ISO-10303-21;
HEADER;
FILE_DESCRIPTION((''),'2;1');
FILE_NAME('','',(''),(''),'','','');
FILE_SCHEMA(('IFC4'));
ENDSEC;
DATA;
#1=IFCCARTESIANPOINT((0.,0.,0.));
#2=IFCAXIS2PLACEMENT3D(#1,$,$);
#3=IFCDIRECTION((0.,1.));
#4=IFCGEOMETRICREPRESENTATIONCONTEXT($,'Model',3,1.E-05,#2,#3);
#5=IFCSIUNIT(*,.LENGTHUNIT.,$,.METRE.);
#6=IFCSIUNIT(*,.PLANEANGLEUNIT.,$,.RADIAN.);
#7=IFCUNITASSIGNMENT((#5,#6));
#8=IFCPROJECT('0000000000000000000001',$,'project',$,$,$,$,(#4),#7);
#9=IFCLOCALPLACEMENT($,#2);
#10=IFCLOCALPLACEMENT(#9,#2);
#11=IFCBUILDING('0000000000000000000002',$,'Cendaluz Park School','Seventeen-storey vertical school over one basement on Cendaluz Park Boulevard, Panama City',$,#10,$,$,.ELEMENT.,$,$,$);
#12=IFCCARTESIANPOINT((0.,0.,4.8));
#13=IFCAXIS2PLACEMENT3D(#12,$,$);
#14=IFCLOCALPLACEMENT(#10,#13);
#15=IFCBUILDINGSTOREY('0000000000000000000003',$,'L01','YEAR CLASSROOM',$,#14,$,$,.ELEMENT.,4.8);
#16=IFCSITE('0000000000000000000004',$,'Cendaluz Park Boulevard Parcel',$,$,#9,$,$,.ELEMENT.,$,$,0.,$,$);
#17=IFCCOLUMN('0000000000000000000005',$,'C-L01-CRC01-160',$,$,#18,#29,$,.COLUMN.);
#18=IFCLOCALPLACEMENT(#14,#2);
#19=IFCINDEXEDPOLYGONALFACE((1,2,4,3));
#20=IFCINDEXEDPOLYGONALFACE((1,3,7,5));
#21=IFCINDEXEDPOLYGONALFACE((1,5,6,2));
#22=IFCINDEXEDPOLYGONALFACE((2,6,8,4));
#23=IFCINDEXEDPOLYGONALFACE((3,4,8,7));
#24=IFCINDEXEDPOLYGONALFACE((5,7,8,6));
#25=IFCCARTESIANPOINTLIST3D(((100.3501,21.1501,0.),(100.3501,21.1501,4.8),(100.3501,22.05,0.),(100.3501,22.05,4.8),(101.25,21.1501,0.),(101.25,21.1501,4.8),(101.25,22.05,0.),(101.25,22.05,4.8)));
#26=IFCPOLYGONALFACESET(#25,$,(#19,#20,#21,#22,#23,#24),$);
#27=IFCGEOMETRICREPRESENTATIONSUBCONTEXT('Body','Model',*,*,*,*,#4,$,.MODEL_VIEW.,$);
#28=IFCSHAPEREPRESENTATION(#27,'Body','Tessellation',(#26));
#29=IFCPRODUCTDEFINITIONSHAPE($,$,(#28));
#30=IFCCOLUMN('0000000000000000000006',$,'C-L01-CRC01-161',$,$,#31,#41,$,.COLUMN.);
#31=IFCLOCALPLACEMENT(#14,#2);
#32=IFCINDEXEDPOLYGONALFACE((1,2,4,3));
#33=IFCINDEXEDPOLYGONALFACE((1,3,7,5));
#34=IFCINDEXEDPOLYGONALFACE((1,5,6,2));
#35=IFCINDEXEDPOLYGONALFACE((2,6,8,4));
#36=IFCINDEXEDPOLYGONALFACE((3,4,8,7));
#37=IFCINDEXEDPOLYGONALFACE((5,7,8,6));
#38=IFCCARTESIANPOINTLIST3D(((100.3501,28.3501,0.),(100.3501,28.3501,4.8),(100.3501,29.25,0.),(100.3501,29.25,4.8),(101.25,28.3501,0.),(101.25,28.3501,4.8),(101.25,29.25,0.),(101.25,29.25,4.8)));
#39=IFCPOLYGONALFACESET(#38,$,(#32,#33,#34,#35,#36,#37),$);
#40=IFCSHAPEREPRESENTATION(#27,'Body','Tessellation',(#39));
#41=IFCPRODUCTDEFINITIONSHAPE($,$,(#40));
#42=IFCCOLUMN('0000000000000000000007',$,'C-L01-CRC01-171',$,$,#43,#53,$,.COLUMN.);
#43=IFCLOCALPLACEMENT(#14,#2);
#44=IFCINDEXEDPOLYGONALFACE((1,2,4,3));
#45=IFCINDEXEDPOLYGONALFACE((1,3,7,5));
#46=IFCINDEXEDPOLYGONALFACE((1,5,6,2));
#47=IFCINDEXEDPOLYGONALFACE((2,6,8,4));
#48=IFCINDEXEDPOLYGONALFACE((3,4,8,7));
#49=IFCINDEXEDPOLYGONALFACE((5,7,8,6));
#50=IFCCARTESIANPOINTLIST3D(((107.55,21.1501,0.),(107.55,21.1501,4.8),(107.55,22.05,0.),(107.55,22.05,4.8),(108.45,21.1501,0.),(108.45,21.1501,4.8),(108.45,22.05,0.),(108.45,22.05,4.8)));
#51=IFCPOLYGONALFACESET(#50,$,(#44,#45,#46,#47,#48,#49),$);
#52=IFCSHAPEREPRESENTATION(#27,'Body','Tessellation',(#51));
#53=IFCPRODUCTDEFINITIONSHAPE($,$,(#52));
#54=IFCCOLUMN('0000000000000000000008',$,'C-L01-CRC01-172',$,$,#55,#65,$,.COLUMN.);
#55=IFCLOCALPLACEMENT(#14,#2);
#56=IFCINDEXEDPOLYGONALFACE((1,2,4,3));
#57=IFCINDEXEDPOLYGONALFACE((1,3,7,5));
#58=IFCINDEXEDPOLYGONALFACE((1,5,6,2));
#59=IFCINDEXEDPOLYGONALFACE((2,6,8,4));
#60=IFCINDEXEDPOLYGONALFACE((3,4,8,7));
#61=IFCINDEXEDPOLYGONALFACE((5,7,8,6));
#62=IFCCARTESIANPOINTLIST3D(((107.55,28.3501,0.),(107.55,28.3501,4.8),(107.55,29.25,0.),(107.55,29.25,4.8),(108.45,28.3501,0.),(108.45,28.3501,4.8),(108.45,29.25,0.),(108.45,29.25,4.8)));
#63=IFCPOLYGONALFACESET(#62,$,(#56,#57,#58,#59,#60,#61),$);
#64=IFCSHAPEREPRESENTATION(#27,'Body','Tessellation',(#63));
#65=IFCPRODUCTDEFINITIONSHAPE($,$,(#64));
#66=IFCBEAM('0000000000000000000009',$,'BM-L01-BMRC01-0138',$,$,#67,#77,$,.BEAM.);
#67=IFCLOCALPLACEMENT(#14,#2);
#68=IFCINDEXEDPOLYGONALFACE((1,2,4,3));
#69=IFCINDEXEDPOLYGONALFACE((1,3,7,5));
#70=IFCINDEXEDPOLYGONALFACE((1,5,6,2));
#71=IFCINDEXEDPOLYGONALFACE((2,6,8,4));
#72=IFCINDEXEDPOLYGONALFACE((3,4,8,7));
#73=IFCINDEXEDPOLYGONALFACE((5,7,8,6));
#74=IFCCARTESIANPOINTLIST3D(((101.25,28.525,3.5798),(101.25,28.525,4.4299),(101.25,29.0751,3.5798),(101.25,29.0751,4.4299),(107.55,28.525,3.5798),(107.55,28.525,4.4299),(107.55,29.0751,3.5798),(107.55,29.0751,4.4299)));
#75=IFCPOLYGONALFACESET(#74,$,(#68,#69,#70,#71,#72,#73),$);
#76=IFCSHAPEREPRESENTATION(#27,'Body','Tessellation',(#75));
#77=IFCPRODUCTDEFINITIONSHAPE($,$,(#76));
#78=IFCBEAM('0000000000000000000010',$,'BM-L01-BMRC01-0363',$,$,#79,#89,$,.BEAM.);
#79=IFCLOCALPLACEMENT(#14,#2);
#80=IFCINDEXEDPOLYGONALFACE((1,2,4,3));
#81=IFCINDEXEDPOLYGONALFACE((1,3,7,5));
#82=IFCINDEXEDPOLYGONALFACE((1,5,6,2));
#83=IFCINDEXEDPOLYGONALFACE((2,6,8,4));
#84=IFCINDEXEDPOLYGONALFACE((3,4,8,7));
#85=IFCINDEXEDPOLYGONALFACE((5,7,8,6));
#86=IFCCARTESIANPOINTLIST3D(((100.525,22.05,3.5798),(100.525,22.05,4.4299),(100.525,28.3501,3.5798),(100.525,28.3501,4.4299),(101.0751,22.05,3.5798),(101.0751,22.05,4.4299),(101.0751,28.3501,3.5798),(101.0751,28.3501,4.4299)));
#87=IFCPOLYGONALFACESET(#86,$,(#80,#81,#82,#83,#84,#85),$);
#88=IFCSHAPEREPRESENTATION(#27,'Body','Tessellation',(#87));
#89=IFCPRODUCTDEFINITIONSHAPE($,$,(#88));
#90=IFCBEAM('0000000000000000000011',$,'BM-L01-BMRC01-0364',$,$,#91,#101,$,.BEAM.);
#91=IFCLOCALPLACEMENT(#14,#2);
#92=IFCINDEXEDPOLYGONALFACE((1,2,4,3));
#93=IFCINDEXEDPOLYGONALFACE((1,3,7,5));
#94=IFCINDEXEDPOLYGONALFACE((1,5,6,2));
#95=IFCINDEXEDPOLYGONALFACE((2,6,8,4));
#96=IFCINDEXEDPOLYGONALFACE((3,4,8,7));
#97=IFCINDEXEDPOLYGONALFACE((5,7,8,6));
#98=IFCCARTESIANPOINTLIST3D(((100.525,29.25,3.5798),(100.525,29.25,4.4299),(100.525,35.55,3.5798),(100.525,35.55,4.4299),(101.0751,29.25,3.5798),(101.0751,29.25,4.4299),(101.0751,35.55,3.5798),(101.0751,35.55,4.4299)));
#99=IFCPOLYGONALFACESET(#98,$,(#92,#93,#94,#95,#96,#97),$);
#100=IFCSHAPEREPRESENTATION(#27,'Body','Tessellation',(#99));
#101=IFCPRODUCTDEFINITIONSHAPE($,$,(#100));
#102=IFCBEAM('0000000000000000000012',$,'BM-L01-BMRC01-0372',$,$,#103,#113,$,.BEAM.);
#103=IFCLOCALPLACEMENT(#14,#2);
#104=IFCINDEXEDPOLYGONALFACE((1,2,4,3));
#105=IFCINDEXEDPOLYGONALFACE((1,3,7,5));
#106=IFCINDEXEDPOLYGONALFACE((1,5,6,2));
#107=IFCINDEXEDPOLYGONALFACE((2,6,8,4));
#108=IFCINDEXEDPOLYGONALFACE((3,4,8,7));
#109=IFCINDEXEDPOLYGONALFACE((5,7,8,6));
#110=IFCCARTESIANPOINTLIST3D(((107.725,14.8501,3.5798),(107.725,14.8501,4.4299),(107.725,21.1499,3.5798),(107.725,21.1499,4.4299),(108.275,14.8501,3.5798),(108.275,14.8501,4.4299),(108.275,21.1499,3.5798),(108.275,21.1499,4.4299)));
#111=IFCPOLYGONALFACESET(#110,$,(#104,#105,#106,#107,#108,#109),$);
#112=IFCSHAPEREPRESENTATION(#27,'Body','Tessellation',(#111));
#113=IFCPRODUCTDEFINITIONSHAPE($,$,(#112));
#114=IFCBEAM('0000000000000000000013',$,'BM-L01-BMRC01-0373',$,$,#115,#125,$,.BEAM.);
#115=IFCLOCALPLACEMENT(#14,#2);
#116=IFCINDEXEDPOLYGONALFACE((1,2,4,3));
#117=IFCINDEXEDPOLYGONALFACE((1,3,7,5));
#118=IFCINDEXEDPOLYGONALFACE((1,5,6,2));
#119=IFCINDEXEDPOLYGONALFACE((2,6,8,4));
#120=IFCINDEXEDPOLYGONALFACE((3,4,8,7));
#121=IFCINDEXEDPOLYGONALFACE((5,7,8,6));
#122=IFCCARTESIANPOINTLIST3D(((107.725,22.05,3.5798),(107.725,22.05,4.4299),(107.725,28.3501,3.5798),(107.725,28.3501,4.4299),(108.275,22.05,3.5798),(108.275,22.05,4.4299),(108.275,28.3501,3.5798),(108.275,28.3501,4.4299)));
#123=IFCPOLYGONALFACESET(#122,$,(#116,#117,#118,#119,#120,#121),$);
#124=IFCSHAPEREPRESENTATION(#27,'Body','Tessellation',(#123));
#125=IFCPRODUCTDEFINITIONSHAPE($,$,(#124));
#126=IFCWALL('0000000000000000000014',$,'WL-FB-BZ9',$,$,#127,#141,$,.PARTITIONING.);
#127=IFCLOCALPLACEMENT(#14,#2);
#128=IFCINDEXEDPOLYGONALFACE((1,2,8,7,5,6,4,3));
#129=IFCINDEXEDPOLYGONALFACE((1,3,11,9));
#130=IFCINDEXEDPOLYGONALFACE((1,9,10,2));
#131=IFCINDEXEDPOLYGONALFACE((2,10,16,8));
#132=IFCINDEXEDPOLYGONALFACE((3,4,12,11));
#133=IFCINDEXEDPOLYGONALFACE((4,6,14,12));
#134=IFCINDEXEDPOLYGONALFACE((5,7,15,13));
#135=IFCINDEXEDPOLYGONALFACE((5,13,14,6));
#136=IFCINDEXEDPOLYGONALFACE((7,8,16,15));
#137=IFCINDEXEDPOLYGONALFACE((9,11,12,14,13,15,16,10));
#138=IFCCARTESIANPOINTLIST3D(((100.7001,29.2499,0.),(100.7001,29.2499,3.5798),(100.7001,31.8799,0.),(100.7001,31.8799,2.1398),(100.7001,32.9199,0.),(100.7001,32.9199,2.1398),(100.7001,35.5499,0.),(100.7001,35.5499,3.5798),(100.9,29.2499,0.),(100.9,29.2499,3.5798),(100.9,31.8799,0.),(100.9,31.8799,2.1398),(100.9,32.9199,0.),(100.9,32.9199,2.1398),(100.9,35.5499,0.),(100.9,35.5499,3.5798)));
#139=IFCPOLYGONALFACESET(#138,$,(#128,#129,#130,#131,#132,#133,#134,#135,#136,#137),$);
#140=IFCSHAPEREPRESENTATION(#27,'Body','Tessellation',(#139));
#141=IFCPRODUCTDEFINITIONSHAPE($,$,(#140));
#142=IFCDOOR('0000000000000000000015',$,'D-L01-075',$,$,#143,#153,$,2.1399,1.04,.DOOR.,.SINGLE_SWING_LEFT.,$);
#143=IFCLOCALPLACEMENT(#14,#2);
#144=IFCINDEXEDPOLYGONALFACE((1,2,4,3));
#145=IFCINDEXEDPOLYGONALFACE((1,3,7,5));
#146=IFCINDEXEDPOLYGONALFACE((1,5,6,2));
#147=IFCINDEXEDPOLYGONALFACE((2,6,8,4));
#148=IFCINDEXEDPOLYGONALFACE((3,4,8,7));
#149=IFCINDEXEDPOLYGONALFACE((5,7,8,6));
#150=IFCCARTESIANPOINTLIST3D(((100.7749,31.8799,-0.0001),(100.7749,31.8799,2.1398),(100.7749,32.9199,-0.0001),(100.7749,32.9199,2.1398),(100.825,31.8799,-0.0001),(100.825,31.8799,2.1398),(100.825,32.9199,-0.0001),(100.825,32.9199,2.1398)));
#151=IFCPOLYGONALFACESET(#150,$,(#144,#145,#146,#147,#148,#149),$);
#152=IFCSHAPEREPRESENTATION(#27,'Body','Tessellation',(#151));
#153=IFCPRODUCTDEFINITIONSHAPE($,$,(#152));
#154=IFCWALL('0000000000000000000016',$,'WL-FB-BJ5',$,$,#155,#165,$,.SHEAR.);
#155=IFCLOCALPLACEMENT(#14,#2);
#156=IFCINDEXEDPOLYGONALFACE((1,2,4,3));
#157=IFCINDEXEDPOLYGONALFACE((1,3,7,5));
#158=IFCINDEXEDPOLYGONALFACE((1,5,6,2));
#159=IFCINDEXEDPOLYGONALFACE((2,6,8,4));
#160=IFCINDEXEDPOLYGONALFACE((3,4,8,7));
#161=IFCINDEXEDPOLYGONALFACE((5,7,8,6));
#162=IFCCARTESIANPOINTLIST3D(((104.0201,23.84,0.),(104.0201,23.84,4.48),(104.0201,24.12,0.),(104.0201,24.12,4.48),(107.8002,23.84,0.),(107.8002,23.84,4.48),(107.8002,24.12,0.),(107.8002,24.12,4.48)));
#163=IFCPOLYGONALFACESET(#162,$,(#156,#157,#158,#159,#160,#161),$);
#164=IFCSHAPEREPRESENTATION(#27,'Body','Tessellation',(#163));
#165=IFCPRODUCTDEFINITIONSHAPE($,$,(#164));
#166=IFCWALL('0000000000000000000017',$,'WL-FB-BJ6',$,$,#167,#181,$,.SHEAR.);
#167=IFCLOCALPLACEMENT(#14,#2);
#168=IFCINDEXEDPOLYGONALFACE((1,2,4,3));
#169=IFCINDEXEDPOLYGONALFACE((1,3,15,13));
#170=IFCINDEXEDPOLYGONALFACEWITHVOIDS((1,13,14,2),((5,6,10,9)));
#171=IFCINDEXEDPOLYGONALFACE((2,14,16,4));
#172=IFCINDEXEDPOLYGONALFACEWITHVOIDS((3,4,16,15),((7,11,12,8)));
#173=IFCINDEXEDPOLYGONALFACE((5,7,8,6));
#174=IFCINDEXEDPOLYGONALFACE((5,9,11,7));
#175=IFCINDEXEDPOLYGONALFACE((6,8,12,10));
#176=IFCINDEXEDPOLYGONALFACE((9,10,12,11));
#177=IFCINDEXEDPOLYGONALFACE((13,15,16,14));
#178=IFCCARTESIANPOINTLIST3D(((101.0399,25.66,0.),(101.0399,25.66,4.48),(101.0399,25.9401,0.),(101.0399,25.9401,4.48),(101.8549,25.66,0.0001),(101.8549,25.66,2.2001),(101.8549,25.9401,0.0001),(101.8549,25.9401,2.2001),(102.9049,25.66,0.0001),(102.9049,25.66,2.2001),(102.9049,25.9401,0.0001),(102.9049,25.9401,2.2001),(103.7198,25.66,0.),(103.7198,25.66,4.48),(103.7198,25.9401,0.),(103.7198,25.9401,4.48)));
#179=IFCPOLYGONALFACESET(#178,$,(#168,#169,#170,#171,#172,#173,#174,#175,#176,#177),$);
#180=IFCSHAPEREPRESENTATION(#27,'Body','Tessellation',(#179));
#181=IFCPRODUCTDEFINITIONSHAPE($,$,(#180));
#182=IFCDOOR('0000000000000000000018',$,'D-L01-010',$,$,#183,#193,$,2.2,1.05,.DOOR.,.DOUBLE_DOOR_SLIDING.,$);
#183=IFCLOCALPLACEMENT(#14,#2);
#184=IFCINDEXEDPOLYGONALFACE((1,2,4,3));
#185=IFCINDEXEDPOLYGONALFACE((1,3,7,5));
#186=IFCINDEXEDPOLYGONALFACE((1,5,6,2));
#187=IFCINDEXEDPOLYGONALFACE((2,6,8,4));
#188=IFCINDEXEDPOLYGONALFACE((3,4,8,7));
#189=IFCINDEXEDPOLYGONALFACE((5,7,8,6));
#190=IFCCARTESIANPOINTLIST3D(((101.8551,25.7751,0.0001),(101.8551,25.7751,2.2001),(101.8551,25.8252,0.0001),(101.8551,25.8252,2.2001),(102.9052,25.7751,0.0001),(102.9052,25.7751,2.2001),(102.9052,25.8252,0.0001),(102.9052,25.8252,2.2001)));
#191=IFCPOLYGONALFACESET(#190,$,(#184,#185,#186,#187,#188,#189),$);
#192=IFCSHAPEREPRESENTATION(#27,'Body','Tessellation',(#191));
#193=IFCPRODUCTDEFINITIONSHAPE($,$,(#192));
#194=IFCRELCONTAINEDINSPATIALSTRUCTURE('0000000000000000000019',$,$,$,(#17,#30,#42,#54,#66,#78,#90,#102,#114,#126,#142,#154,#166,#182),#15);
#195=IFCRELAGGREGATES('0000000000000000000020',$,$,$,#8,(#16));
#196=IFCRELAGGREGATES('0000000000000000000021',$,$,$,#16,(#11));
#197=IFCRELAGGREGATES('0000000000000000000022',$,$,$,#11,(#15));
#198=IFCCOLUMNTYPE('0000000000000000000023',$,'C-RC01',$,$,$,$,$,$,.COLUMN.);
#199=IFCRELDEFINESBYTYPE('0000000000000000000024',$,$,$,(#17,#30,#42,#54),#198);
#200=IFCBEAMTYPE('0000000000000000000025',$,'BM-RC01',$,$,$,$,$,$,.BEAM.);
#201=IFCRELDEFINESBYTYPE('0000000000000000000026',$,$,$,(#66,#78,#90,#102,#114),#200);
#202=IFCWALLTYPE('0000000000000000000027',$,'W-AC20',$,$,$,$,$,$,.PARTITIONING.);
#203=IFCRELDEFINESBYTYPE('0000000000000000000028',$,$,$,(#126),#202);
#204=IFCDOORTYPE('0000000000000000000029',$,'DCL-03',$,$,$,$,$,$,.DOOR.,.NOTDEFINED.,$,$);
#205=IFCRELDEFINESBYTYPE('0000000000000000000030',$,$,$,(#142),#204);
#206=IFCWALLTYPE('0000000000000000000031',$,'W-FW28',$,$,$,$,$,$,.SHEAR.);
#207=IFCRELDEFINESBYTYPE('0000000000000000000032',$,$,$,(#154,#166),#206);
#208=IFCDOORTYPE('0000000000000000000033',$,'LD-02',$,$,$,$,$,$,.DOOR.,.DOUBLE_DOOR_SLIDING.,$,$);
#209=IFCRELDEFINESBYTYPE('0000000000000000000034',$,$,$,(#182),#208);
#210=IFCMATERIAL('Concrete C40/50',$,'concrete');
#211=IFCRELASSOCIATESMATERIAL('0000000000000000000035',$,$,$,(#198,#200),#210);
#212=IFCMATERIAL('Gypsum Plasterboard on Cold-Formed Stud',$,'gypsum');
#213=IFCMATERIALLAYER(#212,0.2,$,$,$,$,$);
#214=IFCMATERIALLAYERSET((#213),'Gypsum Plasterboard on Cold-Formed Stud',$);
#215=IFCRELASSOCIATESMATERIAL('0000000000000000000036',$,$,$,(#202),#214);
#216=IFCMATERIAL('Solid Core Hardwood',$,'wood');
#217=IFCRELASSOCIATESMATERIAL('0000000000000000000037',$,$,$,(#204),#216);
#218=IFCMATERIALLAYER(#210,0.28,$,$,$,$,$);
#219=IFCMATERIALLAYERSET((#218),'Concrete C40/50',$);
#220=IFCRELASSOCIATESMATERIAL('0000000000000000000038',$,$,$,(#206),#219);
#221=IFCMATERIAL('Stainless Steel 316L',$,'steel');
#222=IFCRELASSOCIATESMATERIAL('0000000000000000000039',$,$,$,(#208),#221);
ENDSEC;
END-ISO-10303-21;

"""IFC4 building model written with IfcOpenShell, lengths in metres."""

from ifc_helpers import new_model, si_unit, direction, frame, frame_2d, origin, origin_2d, place, context, subcontext, project, spatial, rectangle, extrude, material, layer, layer_set, material_profile, profile_set, type_object, element, fill, save


model = new_model("IFC4")

# Units and contexts
model_context = context("Model", 3, precision=1e-05, world=origin(), true_north=direction((0.0, 1.0)))
body_context = subcontext(model_context, "Body", "Model", "MODEL_VIEW")
ifc_project = project(units=[si_unit("LENGTHUNIT", "METRE"), si_unit("PLANEANGLEUNIT", "RADIAN")], contexts=[model_context])

# Site, building, storey
site_placement = place(None, origin())
site = spatial("IfcSite", under=ifc_project, at=site_placement, Name="Cendaluz Park Boulevard Parcel", CompositionType="ELEMENT", RefElevation=0.0)
building_placement = place(site_placement, origin())
building = spatial("IfcBuilding", under=site, at=building_placement, Name="Cendaluz Park School", Description="Seventeen-storey vertical school over one basement on Cendaluz Park Boulevard, Panama City", CompositionType="ELEMENT")
storey_placement = place(building_placement, frame((0.0, 0.0, 4.8)))
storey = spatial("IfcBuildingStorey", under=building, at=storey_placement, Name="L01", Description="YEAR CLASSROOM", CompositionType="ELEMENT", Elevation=4.8)

# Columns
ifc_material_1 = material(Name="Concrete C40/50", Category="concrete")
ifc_material_profile_1 = material_profile(ifc_material_1, rectangle(XDim=0.8999, YDim=0.8999, at=origin_2d()), Name="RC 900x900", Category="concrete")
ifc_profile_set_1 = profile_set([ifc_material_profile_1], Name="Concrete C40/50")
column_type = type_object("IfcColumnType", Name="C-RC01", PredefinedType="COLUMN", material=ifc_profile_set_1)
for number, where, z_axis, x_axis, name in (
    (1, (100.8, 21.6001, 0.0), (0.0, 0.0, 1.0), (1.0, 0.0, 0.0), "C-L01-CRC01-160"),
    (2, (100.8, 28.8, 0.0), (0.0, 0.0, 1.0), (1.0, 0.0, 0.0), "C-L01-CRC01-161"),
    (3, (108.0, 21.6001, 0.0), (0.0, 0.0, 1.0), (1.0, 0.0, 0.0), "C-L01-CRC01-171"),
    (4, (108.0, 28.8, 0.0), (0.0, 0.0, 1.0), (1.0, 0.0, 0.0), "C-L01-CRC01-172"),
):
    element("IfcColumn", number, at=place(storey_placement, frame(where, z_axis=z_axis, x_axis=x_axis)), inside=storey, type_object=column_type, Name=name, PredefinedType="COLUMN", context=body_context, shape_type="SweptSolid", body=[
        extrude(rectangle(XDim=0.8999, YDim=0.8999, at=origin_2d()), origin(), (0.0, 0.0, 1.0), 4.8),
    ])

# Beams
ifc_material_profile_2 = material_profile(ifc_material_1, rectangle(XDim=0.55, YDim=0.8501, at=origin_2d()), Name="RC 550x850", Category="concrete")
ifc_profile_set_2 = profile_set([ifc_material_profile_2], Name="Concrete C40/50")
beam_type = type_object("IfcBeamType", Name="BM-RC01", PredefinedType="BEAM", material=ifc_profile_set_2)
for number, where, z_axis, x_axis, name in (
    (5, (101.25, 28.8, 4.0049), (1.0, 0.0, 0.0), (0.0, 1.0, 0.0), "BM-L01-BMRC01-0138"),
    (6, (100.8, 22.05, 4.0049), (0.0, 1.0, 0.0), (-1.0, 0.0, 0.0), "BM-L01-BMRC01-0363"),
    (7, (100.8, 29.25, 4.0049), (0.0, 1.0, 0.0), (-1.0, 0.0, 0.0), "BM-L01-BMRC01-0364"),
):
    element("IfcBeam", number, at=place(storey_placement, frame(where, z_axis=z_axis, x_axis=x_axis)), inside=storey, type_object=beam_type, Name=name, PredefinedType="BEAM", context=body_context, shape_type="SweptSolid", body=[
        extrude(rectangle(XDim=0.55, YDim=0.8501, at=origin_2d()), origin(), (0.0, 0.0, 1.0), 6.3),
    ])
beam_1_placement = place(storey_placement, frame((108.0, 14.8501, 4.0049), z_axis=(0.0, 1.0, 0.0), x_axis=(-1.0, 0.0, 0.0)))
element("IfcBeam", 8, at=beam_1_placement, inside=storey, type_object=beam_type, Name="BM-L01-BMRC01-0372", PredefinedType="BEAM", context=body_context, shape_type="SweptSolid", body=[
    extrude(rectangle(XDim=0.55, YDim=0.8501, at=origin_2d()), origin(), (0.0, 0.0, 1.0), 6.2998),
])
beam_2_placement = place(storey_placement, frame((108.0, 22.05, 4.0049), z_axis=(0.0, 1.0, 0.0), x_axis=(-1.0, 0.0, 0.0)))
element("IfcBeam", 9, at=beam_2_placement, inside=storey, type_object=beam_type, Name="BM-L01-BMRC01-0373", PredefinedType="BEAM", context=body_context, shape_type="SweptSolid", body=[
    extrude(rectangle(XDim=0.55, YDim=0.8501, at=origin_2d()), origin(), (0.0, 0.0, 1.0), 6.3),
])

# Wall, opening, door
ifc_material_2 = material(Name="Gypsum Plasterboard on Cold-Formed Stud", Category="gypsum")
ifc_layer_1 = layer(ifc_material_2, 0.2)
ifc_layer_set_1 = layer_set([ifc_layer_1], Name="Gypsum Plasterboard on Cold-Formed Stud")
wall_type_1 = type_object("IfcWallType", Name="W-AC20", PredefinedType="PARTITIONING", material=ifc_layer_set_1)
wall_1_placement = place(storey_placement, frame((100.8, 29.25, 0.0), z_axis=(0.0, 0.0, 1.0), x_axis=(0.0, 1.0, 0.0)))
wall_1 = element("IfcWall", 10, at=wall_1_placement, inside=storey, type_object=wall_type_1, Name="WL-FB-BZ9", PredefinedType="PARTITIONING", context=body_context, shape_type="SweptSolid", body=[
    extrude(rectangle(XDim=6.3, YDim=0.2, at=frame_2d((3.1499, 0.0))), origin(), (0.0, 0.0, 1.0), 3.5798),
])
opening_1_placement = place(wall_1_placement, frame((2.6299, 0.0, 0.0)))
opening_1 = element("IfcOpeningElement", 11, at=opening_1_placement, cuts=wall_1, PredefinedType="OPENING", context=body_context, shape_type="SweptSolid", body=[
    extrude(rectangle(XDim=1.04, YDim=2.1399, at=frame_2d((0.52, 1.0698))), frame((0.0, 0.1121, 0.0), z_axis=(0.0, -1.0, 0.0), x_axis=(1.0, 0.0, 0.0)), (0.0, 0.0, 1.0), 0.2239),
])
ifc_material_3 = material(Name="Solid Core Hardwood", Category="wood")
door_type_1 = type_object("IfcDoorType", Name="DCL-03", OperationType="NOTDEFINED", PredefinedType="DOOR", material=ifc_material_3)
door_1_placement = place(opening_1_placement, frame((1.04, 0.0, 0.0), z_axis=(0.0, 0.0, 1.0), x_axis=(-1.0, 0.0, 0.0)))
door_1 = element("IfcDoor", 12, at=door_1_placement, inside=storey, type_object=door_type_1, Name="D-L01-075", OperationType="SINGLE_SWING_LEFT", OverallHeight=2.1399, OverallWidth=1.04, PredefinedType="DOOR", context=body_context, shape_type="SweptSolid", body=[
    extrude(rectangle(XDim=1.04, YDim=2.1399, at=frame_2d((0.52, 1.0698))), frame((0.0, 0.0249, 0.0), z_axis=(0.0, -1.0, 0.0), x_axis=(1.0, 0.0, 0.0)), (0.0, 0.0, 1.0), 0.05),
])
fill(opening_1, door_1)

# Wall
ifc_layer_2 = layer(ifc_material_1, 0.28)
ifc_layer_set_2 = layer_set([ifc_layer_2], Name="Concrete C40/50")
wall_type_2 = type_object("IfcWallType", Name="W-FW28", PredefinedType="SHEAR", material=ifc_layer_set_2)
wall_2_placement = place(storey_placement, frame((104.02, 23.98, 0.0), z_axis=(0.0, 0.0, 1.0), x_axis=(1.0, 0.0, 0.0)))
element("IfcWall", 13, at=wall_2_placement, inside=storey, type_object=wall_type_2, Name="WL-FB-BJ5", PredefinedType="SHEAR", context=body_context, shape_type="SweptSolid", body=[
    extrude(rectangle(XDim=3.78, YDim=0.28, at=frame_2d((1.8901, 0.0))), origin(), (0.0, 0.0, 1.0), 4.48),
])

# Wall, opening, door
wall_3_placement = place(storey_placement, frame((101.04, 25.8, 0.0), z_axis=(0.0, 0.0, 1.0), x_axis=(1.0, 0.0, 0.0)))
wall_3 = element("IfcWall", 14, at=wall_3_placement, inside=storey, type_object=wall_type_2, Name="WL-FB-BJ6", PredefinedType="SHEAR", context=body_context, shape_type="SweptSolid", body=[
    extrude(rectangle(XDim=2.6799, YDim=0.28, at=frame_2d((1.3398, 0.0))), origin(), (0.0, 0.0, 1.0), 4.48),
])
opening_2_placement = place(wall_3_placement, frame((0.8149, 0.0, 0.0)))
opening_2 = element("IfcOpeningElement", 15, at=opening_2_placement, cuts=wall_3, PredefinedType="OPENING", context=body_context, shape_type="SweptSolid", body=[
    extrude(rectangle(XDim=1.05, YDim=2.2, at=frame_2d((0.5249, 1.1001))), frame((0.0, 0.1521, 0.0), z_axis=(0.0, -1.0, 0.0), x_axis=(1.0, 0.0, 0.0)), (0.0, 0.0, 1.0), 0.304),
])
ifc_material_4 = material(Name="Stainless Steel 316L", Category="steel")
door_type_2 = type_object("IfcDoorType", Name="LD-02", OperationType="DOUBLE_DOOR_SLIDING", PredefinedType="DOOR", material=ifc_material_4)
door_2_placement = place(opening_2_placement, frame((1.05, 0.0, 0.0), z_axis=(0.0, 0.0, 1.0), x_axis=(-1.0, 0.0, 0.0)))
door_2 = element("IfcDoor", 16, at=door_2_placement, inside=storey, type_object=door_type_2, Name="D-L01-010", OperationType="DOUBLE_DOOR_SLIDING", OverallHeight=2.2, OverallWidth=1.05, PredefinedType="DOOR", context=body_context, shape_type="SweptSolid", body=[
    extrude(rectangle(XDim=1.05, YDim=2.2, at=frame_2d((0.5249, 1.1001))), frame((0.0, 0.0249, 0.0), z_axis=(0.0, -1.0, 0.0), x_axis=(1.0, 0.0, 0.0)), (0.0, 0.0, 1.0), 0.05),
])
fill(opening_2, door_2)

save(model, "model.ifc")
